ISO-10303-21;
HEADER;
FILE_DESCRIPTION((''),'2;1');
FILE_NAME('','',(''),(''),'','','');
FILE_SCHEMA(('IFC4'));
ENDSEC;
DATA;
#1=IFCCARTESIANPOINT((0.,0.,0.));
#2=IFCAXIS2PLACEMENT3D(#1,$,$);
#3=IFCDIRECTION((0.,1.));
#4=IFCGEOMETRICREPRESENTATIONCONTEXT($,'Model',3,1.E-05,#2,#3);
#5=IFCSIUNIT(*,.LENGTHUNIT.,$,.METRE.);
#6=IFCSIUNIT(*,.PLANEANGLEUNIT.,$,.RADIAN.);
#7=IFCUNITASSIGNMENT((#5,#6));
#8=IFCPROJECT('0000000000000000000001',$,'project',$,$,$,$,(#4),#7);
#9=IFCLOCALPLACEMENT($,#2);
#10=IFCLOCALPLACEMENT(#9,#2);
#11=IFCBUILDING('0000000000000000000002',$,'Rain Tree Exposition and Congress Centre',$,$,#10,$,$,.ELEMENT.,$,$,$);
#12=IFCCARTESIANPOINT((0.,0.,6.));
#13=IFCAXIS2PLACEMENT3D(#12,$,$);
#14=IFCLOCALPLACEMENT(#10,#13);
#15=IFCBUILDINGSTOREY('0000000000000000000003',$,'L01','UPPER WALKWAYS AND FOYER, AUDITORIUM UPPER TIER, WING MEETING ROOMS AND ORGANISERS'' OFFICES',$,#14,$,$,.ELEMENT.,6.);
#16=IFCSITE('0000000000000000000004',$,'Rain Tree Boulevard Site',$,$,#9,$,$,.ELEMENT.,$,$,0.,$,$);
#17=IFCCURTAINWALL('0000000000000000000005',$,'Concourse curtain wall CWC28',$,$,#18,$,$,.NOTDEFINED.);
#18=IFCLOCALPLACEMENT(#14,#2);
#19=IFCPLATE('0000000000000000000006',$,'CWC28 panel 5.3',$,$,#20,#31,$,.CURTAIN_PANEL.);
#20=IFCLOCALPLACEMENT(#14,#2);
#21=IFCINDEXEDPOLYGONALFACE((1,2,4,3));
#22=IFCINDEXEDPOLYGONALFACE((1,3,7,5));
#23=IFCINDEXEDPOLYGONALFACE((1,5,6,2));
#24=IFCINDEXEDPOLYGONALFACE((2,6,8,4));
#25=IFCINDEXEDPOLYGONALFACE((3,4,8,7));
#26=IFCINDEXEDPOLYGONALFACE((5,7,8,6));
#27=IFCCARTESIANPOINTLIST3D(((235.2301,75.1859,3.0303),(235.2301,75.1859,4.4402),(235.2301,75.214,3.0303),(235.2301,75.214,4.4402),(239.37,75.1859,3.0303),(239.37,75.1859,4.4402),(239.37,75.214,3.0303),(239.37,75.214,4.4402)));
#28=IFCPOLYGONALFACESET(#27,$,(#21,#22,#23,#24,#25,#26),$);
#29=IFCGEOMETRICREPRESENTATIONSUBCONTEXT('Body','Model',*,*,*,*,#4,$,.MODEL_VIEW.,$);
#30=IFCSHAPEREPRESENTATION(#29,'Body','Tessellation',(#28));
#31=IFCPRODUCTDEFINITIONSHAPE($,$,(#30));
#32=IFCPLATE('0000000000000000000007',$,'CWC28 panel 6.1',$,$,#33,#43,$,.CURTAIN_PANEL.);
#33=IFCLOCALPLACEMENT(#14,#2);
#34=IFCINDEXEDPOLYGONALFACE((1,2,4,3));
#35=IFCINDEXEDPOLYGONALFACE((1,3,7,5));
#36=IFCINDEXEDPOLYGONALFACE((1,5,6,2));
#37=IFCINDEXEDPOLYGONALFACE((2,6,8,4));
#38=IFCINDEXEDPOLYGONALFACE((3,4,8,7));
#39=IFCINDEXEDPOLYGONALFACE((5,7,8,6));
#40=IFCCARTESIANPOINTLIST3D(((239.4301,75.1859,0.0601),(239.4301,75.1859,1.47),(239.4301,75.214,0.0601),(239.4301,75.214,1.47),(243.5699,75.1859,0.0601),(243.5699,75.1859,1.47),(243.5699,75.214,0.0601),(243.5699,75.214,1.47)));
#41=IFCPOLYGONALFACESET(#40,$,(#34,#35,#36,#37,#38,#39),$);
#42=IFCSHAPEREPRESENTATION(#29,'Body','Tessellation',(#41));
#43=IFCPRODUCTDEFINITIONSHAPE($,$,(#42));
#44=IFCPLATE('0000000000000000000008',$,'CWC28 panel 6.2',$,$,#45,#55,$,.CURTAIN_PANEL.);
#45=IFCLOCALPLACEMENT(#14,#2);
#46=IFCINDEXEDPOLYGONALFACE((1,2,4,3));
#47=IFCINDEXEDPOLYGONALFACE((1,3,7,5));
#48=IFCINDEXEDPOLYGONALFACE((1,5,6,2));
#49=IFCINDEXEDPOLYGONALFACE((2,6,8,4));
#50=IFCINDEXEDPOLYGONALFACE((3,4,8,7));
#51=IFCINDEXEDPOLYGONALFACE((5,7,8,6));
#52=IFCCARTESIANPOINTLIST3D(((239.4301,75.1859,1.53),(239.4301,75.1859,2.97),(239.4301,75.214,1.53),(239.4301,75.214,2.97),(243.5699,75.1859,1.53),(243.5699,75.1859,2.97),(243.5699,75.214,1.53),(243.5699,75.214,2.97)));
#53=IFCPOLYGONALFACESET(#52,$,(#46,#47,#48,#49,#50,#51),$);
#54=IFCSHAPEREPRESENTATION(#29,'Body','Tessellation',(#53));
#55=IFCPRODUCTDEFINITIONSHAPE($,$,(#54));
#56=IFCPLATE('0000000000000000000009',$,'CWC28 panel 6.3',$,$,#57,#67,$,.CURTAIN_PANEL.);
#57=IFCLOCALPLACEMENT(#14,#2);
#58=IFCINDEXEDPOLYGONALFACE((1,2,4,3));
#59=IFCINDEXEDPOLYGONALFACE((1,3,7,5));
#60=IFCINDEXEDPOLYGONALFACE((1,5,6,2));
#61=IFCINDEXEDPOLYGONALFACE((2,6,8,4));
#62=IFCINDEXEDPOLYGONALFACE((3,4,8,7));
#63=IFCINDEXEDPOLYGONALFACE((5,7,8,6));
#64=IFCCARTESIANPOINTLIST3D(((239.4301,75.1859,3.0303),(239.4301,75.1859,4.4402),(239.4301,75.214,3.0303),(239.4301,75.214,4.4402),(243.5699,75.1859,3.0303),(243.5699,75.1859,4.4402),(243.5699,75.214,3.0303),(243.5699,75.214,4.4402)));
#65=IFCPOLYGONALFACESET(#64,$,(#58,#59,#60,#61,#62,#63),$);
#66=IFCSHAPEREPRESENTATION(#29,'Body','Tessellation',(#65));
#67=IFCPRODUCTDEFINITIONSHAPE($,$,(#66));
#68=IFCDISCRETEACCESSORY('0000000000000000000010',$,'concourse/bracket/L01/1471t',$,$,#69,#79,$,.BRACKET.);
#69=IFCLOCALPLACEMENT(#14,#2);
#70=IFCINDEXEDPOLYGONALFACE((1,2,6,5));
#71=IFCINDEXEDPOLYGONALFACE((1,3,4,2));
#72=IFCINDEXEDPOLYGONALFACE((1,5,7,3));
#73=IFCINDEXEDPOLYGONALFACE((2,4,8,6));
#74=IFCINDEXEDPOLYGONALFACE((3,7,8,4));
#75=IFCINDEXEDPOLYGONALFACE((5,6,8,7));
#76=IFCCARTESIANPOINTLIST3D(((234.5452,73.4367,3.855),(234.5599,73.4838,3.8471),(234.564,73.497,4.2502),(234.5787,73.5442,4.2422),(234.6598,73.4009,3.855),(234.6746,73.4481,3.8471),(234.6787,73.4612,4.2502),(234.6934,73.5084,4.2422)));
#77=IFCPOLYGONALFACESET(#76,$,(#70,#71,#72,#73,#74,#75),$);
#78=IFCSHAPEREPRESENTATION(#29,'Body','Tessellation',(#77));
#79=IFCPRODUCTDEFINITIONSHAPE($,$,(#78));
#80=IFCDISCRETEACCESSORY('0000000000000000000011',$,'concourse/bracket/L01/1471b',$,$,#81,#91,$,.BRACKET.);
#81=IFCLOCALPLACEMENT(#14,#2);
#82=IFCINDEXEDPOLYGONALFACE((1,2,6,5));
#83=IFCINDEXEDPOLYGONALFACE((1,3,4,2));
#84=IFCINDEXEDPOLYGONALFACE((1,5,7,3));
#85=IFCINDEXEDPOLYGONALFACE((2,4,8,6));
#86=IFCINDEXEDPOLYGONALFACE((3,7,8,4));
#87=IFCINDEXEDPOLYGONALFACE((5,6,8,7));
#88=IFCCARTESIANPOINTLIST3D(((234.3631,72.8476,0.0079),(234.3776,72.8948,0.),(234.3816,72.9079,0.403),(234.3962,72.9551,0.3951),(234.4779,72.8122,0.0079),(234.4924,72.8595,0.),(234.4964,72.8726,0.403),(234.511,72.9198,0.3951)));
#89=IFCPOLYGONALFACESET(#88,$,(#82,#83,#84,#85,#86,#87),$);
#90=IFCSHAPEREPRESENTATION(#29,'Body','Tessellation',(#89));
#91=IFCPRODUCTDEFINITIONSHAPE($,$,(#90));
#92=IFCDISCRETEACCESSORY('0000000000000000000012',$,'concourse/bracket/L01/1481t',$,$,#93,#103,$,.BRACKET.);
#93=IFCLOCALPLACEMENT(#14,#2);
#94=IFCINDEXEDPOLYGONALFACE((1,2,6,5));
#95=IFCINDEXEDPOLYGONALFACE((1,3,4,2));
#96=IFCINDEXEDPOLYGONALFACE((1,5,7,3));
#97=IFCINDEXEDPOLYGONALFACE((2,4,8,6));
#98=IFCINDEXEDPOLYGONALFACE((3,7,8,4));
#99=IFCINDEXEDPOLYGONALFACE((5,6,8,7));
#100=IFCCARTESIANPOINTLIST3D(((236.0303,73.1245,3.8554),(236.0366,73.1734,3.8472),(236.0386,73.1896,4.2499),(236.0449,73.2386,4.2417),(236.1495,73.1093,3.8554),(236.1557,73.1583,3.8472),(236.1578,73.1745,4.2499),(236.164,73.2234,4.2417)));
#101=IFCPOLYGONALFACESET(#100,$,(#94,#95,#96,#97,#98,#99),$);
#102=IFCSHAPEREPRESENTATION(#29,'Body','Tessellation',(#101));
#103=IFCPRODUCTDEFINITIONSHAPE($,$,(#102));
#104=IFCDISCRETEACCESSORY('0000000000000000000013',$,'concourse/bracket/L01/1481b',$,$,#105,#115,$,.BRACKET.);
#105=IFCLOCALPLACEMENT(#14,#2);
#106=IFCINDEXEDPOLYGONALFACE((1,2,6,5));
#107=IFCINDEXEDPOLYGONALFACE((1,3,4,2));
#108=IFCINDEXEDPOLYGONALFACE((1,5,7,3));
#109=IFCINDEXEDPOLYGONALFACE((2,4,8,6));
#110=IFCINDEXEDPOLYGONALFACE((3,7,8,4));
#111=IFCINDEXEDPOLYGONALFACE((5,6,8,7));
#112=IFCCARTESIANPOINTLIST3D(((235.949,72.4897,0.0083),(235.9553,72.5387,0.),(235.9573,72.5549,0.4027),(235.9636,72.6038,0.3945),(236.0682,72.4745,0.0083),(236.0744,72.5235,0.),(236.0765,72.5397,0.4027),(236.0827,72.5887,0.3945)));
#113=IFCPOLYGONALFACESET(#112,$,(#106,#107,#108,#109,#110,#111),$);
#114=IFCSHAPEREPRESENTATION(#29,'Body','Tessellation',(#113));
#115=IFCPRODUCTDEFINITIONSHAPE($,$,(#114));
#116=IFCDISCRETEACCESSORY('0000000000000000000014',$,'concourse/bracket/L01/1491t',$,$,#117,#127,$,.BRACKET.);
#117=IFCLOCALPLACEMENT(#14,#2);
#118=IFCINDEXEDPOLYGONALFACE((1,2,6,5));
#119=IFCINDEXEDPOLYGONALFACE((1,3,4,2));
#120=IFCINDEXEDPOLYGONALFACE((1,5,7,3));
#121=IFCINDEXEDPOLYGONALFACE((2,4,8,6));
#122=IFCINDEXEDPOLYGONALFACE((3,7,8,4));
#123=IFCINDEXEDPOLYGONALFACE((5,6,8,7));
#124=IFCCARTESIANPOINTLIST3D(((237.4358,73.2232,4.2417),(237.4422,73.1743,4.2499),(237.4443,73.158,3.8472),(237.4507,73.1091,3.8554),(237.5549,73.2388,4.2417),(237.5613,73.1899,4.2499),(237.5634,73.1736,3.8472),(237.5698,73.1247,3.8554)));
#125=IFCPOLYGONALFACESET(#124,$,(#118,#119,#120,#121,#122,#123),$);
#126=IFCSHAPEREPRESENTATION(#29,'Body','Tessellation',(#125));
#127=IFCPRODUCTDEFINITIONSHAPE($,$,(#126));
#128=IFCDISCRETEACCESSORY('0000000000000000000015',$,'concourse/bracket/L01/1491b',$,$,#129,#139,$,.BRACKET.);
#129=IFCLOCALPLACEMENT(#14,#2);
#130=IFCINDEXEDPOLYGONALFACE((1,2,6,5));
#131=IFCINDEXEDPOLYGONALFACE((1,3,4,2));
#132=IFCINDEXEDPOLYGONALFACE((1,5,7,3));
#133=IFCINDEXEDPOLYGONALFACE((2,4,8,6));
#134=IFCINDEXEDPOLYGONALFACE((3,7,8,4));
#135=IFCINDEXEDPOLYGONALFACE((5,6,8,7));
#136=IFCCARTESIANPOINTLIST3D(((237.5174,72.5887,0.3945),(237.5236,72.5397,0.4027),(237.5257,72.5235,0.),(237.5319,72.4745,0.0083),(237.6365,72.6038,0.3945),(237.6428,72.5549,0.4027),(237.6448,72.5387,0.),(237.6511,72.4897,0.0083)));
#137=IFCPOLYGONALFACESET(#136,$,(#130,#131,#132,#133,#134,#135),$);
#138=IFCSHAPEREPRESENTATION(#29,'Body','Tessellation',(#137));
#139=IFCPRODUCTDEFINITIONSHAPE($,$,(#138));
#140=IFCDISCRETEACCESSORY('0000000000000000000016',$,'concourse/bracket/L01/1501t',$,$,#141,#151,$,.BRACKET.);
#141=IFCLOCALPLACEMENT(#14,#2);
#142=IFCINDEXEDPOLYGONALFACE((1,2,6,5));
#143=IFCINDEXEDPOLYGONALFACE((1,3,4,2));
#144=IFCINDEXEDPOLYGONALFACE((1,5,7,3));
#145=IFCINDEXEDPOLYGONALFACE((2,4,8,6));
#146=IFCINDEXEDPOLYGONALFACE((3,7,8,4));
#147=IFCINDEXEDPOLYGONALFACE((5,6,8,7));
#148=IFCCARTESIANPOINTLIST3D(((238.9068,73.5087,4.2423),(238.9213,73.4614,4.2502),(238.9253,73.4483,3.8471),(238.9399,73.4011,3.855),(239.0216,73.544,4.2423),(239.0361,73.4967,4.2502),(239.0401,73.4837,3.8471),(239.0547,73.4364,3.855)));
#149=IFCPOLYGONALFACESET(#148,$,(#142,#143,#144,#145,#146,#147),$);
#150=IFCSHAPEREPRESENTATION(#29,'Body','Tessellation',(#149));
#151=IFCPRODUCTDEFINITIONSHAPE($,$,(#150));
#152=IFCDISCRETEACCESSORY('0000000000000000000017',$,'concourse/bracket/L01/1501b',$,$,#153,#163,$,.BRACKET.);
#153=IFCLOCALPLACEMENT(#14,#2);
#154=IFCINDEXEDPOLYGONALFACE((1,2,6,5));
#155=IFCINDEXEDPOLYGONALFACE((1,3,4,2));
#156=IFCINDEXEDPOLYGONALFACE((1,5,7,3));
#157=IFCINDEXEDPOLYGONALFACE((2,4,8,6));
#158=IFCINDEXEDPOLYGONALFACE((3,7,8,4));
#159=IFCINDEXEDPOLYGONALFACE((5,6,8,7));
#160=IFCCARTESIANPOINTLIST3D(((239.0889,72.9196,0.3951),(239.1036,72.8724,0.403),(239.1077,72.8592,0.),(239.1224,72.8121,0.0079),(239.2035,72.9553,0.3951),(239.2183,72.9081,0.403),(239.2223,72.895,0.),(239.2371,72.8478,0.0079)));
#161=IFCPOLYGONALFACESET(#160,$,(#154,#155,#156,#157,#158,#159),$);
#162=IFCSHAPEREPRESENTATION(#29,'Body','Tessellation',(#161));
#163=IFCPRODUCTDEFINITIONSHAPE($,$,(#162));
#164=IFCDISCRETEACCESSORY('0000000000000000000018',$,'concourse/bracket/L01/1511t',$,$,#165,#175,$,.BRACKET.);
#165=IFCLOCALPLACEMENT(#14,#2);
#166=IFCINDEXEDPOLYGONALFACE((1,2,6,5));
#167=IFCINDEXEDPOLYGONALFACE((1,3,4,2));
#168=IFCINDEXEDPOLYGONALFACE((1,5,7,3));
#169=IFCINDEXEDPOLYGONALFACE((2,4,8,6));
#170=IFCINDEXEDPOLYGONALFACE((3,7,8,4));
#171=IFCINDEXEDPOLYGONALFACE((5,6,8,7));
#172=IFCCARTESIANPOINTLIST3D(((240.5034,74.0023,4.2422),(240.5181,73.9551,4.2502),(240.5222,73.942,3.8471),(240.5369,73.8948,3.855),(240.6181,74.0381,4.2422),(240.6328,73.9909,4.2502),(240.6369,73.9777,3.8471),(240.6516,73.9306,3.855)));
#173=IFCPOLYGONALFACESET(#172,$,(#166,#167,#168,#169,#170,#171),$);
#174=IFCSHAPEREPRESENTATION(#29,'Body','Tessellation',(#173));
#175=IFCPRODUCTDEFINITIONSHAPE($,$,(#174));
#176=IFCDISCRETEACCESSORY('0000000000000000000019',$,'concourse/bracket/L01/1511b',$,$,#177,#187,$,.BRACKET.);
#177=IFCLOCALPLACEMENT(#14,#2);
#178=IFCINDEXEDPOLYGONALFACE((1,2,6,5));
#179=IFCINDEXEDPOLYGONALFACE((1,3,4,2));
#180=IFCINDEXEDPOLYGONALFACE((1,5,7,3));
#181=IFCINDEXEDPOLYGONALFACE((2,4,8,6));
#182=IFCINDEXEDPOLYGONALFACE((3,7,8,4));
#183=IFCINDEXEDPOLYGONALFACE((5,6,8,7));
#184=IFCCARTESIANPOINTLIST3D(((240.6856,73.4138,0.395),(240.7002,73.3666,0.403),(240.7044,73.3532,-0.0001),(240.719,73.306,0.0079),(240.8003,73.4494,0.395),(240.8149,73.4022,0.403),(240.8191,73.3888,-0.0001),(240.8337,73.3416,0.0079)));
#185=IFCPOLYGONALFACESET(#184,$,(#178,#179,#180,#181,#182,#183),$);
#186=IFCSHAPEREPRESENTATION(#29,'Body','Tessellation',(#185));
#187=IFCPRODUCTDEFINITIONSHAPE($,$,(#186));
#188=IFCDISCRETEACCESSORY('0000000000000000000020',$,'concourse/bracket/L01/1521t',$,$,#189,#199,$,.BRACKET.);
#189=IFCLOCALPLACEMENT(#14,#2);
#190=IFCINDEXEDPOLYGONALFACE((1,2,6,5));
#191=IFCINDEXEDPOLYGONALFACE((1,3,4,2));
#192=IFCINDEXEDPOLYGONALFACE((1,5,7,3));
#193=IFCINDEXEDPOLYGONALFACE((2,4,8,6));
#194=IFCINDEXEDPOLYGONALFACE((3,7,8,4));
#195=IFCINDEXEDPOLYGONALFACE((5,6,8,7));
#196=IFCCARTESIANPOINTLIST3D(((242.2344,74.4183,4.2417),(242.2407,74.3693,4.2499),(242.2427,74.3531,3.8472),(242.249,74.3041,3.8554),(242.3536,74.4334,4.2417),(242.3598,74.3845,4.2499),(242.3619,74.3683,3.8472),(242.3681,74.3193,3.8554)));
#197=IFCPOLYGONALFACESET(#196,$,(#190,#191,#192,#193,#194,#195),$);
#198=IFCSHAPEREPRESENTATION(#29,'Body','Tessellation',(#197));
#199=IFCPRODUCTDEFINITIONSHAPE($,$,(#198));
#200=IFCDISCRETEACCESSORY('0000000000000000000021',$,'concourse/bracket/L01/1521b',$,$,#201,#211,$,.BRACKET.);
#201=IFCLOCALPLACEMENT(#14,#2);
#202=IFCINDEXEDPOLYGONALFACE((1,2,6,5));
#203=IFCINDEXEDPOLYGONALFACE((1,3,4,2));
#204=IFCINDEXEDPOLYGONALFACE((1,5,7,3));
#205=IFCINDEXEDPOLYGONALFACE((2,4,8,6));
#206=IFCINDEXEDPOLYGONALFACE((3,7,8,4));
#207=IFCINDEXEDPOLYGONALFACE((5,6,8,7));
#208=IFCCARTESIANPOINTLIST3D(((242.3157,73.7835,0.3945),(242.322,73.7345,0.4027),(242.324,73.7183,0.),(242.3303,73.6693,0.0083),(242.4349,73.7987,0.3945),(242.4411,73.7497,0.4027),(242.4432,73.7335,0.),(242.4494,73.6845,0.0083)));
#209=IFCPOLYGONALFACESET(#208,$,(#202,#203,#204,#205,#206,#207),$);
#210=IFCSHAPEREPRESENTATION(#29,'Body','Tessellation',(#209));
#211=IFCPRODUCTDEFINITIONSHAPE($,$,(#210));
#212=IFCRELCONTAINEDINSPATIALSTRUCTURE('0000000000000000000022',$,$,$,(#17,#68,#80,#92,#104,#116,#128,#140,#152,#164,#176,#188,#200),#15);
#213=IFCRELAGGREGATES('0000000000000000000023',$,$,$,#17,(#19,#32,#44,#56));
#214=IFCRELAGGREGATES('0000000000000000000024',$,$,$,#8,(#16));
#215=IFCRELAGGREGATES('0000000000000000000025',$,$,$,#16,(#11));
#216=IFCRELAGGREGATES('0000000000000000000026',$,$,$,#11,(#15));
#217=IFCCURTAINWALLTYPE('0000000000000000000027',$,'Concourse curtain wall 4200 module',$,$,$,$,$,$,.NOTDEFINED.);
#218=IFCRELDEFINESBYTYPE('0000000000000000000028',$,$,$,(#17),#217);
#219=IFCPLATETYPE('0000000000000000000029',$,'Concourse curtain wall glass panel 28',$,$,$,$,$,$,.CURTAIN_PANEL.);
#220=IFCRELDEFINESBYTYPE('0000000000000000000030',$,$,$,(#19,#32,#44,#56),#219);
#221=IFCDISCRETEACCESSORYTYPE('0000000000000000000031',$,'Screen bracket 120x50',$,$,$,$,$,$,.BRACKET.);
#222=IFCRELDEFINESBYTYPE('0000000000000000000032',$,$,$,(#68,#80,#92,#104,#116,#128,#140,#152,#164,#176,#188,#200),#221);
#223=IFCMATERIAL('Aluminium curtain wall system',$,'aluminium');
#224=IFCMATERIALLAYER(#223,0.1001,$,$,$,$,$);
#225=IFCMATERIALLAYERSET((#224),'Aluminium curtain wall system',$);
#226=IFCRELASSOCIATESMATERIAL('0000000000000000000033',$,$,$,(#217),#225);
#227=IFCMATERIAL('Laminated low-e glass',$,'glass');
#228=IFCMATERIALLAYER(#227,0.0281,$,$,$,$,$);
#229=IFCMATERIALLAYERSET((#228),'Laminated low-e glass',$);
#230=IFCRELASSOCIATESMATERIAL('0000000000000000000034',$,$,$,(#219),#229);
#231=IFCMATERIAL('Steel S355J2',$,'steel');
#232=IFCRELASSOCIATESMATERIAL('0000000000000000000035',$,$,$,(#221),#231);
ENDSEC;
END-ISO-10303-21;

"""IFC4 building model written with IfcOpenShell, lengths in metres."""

from ifc_helpers import new_model, si_unit, direction, frame, origin, origin_2d, place, context, subcontext, project, spatial, rectangle, extrude, material, layer, layer_set, material_profile, profile_set, type_object, element, aggregate, save


model = new_model("IFC4")

# Units and contexts
model_context = context("Model", 3, precision=1e-05, world=origin(), true_north=direction((0.0, 1.0)))
body_context = subcontext(model_context, "Body", "Model", "MODEL_VIEW")
ifc_project = project(units=[si_unit("LENGTHUNIT", "METRE"), si_unit("PLANEANGLEUNIT", "RADIAN")], contexts=[model_context])

# Site, building, storey
site_placement = place(None, origin())
site = spatial("IfcSite", under=ifc_project, at=site_placement, Name="Rain Tree Boulevard Site", CompositionType="ELEMENT", RefElevation=0.0)
building_placement = place(site_placement, origin())
building = spatial("IfcBuilding", under=site, at=building_placement, Name="Rain Tree Exposition and Congress Centre", CompositionType="ELEMENT")
storey_placement = place(building_placement, frame((0.0, 0.0, 6.0)))
storey = spatial("IfcBuildingStorey", under=building, at=storey_placement, Name="L01", Description="UPPER WALKWAYS AND FOYER, AUDITORIUM UPPER TIER, WING MEETING ROOMS AND ORGANISERS' OFFICES", CompositionType="ELEMENT", Elevation=6.0)

# Curtain wall, plates
ifc_material_1 = material(Name="Aluminium curtain wall system", Category="aluminium")
ifc_layer_1 = layer(ifc_material_1, 0.1001)
ifc_layer_set_1 = layer_set([ifc_layer_1], Name="Aluminium curtain wall system")
curtain_wall_type = type_object("IfcCurtainWallType", Name="Concourse curtain wall 4200 module", PredefinedType="NOTDEFINED", material=ifc_layer_set_1)
curtain_wall_placement = place(storey_placement, origin())
curtain_wall = element("IfcCurtainWall", 1, at=curtain_wall_placement, inside=storey, type_object=curtain_wall_type, Name="Concourse curtain wall CWC28", PredefinedType="NOTDEFINED")
ifc_material_2 = material(Name="Laminated low-e glass", Category="glass")
ifc_layer_2 = layer(ifc_material_2, 0.0281)
ifc_layer_set_2 = layer_set([ifc_layer_2], Name="Laminated low-e glass")
plate_type = type_object("IfcPlateType", Name="Concourse curtain wall glass panel 28", PredefinedType="CURTAIN_PANEL", material=ifc_layer_set_2)
plate_1_placement = place(storey_placement, frame((237.3, 75.2, 3.0303), z_axis=(0.0, 0.0, 1.0), x_axis=(1.0, 0.0, 0.0)))
plate_1 = element("IfcPlate", 2, at=plate_1_placement, type_object=plate_type, Name="CWC28 panel 5.3", PredefinedType="CURTAIN_PANEL", context=body_context, shape_type="SweptSolid", body=[
    extrude(rectangle(XDim=4.1399, YDim=0.0281, at=origin_2d()), origin(), (0.0, 0.0, 1.0), 1.4099),
])
plate_2_placement = place(storey_placement, frame((241.5, 75.2, 0.0601), z_axis=(0.0, 0.0, 1.0), x_axis=(1.0, 0.0, 0.0)))
plate_2 = element("IfcPlate", 3, at=plate_2_placement, type_object=plate_type, Name="CWC28 panel 6.1", PredefinedType="CURTAIN_PANEL", context=body_context, shape_type="SweptSolid", body=[
    extrude(rectangle(XDim=4.1399, YDim=0.0281, at=origin_2d()), origin(), (0.0, 0.0, 1.0), 1.4099),
])
plate_3_placement = place(storey_placement, frame((241.5, 75.2, 1.53), z_axis=(0.0, 0.0, 1.0), x_axis=(1.0, 0.0, 0.0)))
plate_3 = element("IfcPlate", 4, at=plate_3_placement, type_object=plate_type, Name="CWC28 panel 6.2", PredefinedType="CURTAIN_PANEL", context=body_context, shape_type="SweptSolid", body=[
    extrude(rectangle(XDim=4.1399, YDim=0.0281, at=origin_2d()), origin(), (0.0, 0.0, 1.0), 1.4399),
])
plate_4_placement = place(storey_placement, frame((241.5, 75.2, 3.0303), z_axis=(0.0, 0.0, 1.0), x_axis=(1.0, 0.0, 0.0)))
plate_4 = element("IfcPlate", 5, at=plate_4_placement, type_object=plate_type, Name="CWC28 panel 6.3", PredefinedType="CURTAIN_PANEL", context=body_context, shape_type="SweptSolid", body=[
    extrude(rectangle(XDim=4.1399, YDim=0.0281, at=origin_2d()), origin(), (0.0, 0.0, 1.0), 1.4099),
])
aggregate(curtain_wall, [plate_1, plate_2, plate_3, plate_4])

# Discrete accessories
ifc_material_3 = material(Name="Steel S355J2", Category="steel")
ifc_material_profile_1 = material_profile(ifc_material_3, rectangle(XDim=0.1201, YDim=0.05, at=origin_2d()), Name="Flat bar 120x50")
ifc_profile_set_1 = profile_set([ifc_material_profile_1], Name="Steel S355J2")
discrete_accessory_type = type_object("IfcDiscreteAccessoryType", Name="Screen bracket 120x50", PredefinedType="BRACKET", material=ifc_profile_set_1)
for number, where, z_axis, x_axis, name in (
    (6, (234.6099, 73.4424, 3.8511), (0.046993, 0.150743, 0.987456), (-0.954686, 0.297615, 0.0), "concourse/bracket/L01/1471t"),
    (7, (234.4277, 72.8535, 0.0039), (0.046384, 0.150747, 0.987484), (-0.955779, 0.294086, 0.0), "concourse/bracket/L01/1471b"),
):
    element("IfcDiscreteAccessory", number, at=place(storey_placement, frame(where, z_axis=z_axis, x_axis=x_axis)), inside=storey, type_object=discrete_accessory_type, Name=name, PredefinedType="BRACKET", context=body_context, shape_type="SweptSolid", body=[
        extrude(rectangle(XDim=0.1201, YDim=0.05, at=origin_2d()), origin(), (0.0, 0.0, 1.0), 0.4001),
    ])
for number, where, z_axis, x_axis, name in (
    (8, (236.093, 73.1414, 3.8513), (0.020754, 0.162978, 0.986411), (-0.991989, 0.126321, 0.0), "concourse/bracket/L01/1481t"),
    (9, (236.0117, 72.5066, 0.0042), (0.020754, 0.162978, 0.986411), (-0.991989, 0.126321, 0.0), "concourse/bracket/L01/1481b"),
    (10, (237.5071, 73.1414, 3.8513), (-0.021364, 0.162976, 0.986399), (-0.991517, -0.129974, 0.0), "concourse/bracket/L01/1491t"),
    (11, (237.5884, 72.5066, 0.0042), (-0.020754, 0.162978, 0.986411), (-0.991989, -0.126321, 0.0), "concourse/bracket/L01/1491b"),
):
    element("IfcDiscreteAccessory", number, at=place(storey_placement, frame(where, z_axis=z_axis, x_axis=x_axis)), inside=storey, type_object=discrete_accessory_type, Name=name, PredefinedType="BRACKET", context=body_context, shape_type="SweptSolid", body=[
        extrude(rectangle(XDim=0.1201, YDim=0.05, at=origin_2d()), origin(), (0.0, 0.0, 1.0), 0.3999),
    ])
for number, where, z_axis, x_axis, name in (
    (12, (238.99, 73.4424, 3.8511), (-0.046384, 0.150747, 0.987484), (-0.955779, -0.294086, 0.0), "concourse/bracket/L01/1501t"),
    (13, (239.1724, 72.8535, 0.0039), (-0.046993, 0.150743, 0.987456), (-0.954686, -0.297615, 0.0), "concourse/bracket/L01/1501b"),
    (14, (240.5869, 73.9363, 3.8511), (-0.046993, 0.150743, 0.987456), (-0.954686, -0.297615, 0.0), "concourse/bracket/L01/1511t"),
    (15, (240.769, 73.3474, 0.0039), (-0.046988, 0.151339, 0.987364), (-0.955027, -0.29652, 0.0), "concourse/bracket/L01/1511b"),
):
    element("IfcDiscreteAccessory", number, at=place(storey_placement, frame(where, z_axis=z_axis, x_axis=x_axis)), inside=storey, type_object=discrete_accessory_type, Name=name, PredefinedType="BRACKET", context=body_context, shape_type="SweptSolid", body=[
        extrude(rectangle(XDim=0.1201, YDim=0.05, at=origin_2d()), origin(), (0.0, 0.0, 1.0), 0.4001),
    ])
for number, where, z_axis, x_axis, name in (
    (16, (242.3054, 74.3362, 3.8513), (-0.020754, 0.162978, 0.986411), (-0.991989, -0.126321, 0.0), "concourse/bracket/L01/1521t"),
    (17, (242.3867, 73.7014, 0.0042), (-0.020754, 0.162978, 0.986411), (-0.991989, -0.126321, 0.0), "concourse/bracket/L01/1521b"),
):
    element("IfcDiscreteAccessory", number, at=place(storey_placement, frame(where, z_axis=z_axis, x_axis=x_axis)), inside=storey, type_object=discrete_accessory_type, Name=name, PredefinedType="BRACKET", context=body_context, shape_type="SweptSolid", body=[
        extrude(rectangle(XDim=0.1201, YDim=0.05, at=origin_2d()), origin(), (0.0, 0.0, 1.0), 0.3999),
    ])

save(model, "model.ifc")
